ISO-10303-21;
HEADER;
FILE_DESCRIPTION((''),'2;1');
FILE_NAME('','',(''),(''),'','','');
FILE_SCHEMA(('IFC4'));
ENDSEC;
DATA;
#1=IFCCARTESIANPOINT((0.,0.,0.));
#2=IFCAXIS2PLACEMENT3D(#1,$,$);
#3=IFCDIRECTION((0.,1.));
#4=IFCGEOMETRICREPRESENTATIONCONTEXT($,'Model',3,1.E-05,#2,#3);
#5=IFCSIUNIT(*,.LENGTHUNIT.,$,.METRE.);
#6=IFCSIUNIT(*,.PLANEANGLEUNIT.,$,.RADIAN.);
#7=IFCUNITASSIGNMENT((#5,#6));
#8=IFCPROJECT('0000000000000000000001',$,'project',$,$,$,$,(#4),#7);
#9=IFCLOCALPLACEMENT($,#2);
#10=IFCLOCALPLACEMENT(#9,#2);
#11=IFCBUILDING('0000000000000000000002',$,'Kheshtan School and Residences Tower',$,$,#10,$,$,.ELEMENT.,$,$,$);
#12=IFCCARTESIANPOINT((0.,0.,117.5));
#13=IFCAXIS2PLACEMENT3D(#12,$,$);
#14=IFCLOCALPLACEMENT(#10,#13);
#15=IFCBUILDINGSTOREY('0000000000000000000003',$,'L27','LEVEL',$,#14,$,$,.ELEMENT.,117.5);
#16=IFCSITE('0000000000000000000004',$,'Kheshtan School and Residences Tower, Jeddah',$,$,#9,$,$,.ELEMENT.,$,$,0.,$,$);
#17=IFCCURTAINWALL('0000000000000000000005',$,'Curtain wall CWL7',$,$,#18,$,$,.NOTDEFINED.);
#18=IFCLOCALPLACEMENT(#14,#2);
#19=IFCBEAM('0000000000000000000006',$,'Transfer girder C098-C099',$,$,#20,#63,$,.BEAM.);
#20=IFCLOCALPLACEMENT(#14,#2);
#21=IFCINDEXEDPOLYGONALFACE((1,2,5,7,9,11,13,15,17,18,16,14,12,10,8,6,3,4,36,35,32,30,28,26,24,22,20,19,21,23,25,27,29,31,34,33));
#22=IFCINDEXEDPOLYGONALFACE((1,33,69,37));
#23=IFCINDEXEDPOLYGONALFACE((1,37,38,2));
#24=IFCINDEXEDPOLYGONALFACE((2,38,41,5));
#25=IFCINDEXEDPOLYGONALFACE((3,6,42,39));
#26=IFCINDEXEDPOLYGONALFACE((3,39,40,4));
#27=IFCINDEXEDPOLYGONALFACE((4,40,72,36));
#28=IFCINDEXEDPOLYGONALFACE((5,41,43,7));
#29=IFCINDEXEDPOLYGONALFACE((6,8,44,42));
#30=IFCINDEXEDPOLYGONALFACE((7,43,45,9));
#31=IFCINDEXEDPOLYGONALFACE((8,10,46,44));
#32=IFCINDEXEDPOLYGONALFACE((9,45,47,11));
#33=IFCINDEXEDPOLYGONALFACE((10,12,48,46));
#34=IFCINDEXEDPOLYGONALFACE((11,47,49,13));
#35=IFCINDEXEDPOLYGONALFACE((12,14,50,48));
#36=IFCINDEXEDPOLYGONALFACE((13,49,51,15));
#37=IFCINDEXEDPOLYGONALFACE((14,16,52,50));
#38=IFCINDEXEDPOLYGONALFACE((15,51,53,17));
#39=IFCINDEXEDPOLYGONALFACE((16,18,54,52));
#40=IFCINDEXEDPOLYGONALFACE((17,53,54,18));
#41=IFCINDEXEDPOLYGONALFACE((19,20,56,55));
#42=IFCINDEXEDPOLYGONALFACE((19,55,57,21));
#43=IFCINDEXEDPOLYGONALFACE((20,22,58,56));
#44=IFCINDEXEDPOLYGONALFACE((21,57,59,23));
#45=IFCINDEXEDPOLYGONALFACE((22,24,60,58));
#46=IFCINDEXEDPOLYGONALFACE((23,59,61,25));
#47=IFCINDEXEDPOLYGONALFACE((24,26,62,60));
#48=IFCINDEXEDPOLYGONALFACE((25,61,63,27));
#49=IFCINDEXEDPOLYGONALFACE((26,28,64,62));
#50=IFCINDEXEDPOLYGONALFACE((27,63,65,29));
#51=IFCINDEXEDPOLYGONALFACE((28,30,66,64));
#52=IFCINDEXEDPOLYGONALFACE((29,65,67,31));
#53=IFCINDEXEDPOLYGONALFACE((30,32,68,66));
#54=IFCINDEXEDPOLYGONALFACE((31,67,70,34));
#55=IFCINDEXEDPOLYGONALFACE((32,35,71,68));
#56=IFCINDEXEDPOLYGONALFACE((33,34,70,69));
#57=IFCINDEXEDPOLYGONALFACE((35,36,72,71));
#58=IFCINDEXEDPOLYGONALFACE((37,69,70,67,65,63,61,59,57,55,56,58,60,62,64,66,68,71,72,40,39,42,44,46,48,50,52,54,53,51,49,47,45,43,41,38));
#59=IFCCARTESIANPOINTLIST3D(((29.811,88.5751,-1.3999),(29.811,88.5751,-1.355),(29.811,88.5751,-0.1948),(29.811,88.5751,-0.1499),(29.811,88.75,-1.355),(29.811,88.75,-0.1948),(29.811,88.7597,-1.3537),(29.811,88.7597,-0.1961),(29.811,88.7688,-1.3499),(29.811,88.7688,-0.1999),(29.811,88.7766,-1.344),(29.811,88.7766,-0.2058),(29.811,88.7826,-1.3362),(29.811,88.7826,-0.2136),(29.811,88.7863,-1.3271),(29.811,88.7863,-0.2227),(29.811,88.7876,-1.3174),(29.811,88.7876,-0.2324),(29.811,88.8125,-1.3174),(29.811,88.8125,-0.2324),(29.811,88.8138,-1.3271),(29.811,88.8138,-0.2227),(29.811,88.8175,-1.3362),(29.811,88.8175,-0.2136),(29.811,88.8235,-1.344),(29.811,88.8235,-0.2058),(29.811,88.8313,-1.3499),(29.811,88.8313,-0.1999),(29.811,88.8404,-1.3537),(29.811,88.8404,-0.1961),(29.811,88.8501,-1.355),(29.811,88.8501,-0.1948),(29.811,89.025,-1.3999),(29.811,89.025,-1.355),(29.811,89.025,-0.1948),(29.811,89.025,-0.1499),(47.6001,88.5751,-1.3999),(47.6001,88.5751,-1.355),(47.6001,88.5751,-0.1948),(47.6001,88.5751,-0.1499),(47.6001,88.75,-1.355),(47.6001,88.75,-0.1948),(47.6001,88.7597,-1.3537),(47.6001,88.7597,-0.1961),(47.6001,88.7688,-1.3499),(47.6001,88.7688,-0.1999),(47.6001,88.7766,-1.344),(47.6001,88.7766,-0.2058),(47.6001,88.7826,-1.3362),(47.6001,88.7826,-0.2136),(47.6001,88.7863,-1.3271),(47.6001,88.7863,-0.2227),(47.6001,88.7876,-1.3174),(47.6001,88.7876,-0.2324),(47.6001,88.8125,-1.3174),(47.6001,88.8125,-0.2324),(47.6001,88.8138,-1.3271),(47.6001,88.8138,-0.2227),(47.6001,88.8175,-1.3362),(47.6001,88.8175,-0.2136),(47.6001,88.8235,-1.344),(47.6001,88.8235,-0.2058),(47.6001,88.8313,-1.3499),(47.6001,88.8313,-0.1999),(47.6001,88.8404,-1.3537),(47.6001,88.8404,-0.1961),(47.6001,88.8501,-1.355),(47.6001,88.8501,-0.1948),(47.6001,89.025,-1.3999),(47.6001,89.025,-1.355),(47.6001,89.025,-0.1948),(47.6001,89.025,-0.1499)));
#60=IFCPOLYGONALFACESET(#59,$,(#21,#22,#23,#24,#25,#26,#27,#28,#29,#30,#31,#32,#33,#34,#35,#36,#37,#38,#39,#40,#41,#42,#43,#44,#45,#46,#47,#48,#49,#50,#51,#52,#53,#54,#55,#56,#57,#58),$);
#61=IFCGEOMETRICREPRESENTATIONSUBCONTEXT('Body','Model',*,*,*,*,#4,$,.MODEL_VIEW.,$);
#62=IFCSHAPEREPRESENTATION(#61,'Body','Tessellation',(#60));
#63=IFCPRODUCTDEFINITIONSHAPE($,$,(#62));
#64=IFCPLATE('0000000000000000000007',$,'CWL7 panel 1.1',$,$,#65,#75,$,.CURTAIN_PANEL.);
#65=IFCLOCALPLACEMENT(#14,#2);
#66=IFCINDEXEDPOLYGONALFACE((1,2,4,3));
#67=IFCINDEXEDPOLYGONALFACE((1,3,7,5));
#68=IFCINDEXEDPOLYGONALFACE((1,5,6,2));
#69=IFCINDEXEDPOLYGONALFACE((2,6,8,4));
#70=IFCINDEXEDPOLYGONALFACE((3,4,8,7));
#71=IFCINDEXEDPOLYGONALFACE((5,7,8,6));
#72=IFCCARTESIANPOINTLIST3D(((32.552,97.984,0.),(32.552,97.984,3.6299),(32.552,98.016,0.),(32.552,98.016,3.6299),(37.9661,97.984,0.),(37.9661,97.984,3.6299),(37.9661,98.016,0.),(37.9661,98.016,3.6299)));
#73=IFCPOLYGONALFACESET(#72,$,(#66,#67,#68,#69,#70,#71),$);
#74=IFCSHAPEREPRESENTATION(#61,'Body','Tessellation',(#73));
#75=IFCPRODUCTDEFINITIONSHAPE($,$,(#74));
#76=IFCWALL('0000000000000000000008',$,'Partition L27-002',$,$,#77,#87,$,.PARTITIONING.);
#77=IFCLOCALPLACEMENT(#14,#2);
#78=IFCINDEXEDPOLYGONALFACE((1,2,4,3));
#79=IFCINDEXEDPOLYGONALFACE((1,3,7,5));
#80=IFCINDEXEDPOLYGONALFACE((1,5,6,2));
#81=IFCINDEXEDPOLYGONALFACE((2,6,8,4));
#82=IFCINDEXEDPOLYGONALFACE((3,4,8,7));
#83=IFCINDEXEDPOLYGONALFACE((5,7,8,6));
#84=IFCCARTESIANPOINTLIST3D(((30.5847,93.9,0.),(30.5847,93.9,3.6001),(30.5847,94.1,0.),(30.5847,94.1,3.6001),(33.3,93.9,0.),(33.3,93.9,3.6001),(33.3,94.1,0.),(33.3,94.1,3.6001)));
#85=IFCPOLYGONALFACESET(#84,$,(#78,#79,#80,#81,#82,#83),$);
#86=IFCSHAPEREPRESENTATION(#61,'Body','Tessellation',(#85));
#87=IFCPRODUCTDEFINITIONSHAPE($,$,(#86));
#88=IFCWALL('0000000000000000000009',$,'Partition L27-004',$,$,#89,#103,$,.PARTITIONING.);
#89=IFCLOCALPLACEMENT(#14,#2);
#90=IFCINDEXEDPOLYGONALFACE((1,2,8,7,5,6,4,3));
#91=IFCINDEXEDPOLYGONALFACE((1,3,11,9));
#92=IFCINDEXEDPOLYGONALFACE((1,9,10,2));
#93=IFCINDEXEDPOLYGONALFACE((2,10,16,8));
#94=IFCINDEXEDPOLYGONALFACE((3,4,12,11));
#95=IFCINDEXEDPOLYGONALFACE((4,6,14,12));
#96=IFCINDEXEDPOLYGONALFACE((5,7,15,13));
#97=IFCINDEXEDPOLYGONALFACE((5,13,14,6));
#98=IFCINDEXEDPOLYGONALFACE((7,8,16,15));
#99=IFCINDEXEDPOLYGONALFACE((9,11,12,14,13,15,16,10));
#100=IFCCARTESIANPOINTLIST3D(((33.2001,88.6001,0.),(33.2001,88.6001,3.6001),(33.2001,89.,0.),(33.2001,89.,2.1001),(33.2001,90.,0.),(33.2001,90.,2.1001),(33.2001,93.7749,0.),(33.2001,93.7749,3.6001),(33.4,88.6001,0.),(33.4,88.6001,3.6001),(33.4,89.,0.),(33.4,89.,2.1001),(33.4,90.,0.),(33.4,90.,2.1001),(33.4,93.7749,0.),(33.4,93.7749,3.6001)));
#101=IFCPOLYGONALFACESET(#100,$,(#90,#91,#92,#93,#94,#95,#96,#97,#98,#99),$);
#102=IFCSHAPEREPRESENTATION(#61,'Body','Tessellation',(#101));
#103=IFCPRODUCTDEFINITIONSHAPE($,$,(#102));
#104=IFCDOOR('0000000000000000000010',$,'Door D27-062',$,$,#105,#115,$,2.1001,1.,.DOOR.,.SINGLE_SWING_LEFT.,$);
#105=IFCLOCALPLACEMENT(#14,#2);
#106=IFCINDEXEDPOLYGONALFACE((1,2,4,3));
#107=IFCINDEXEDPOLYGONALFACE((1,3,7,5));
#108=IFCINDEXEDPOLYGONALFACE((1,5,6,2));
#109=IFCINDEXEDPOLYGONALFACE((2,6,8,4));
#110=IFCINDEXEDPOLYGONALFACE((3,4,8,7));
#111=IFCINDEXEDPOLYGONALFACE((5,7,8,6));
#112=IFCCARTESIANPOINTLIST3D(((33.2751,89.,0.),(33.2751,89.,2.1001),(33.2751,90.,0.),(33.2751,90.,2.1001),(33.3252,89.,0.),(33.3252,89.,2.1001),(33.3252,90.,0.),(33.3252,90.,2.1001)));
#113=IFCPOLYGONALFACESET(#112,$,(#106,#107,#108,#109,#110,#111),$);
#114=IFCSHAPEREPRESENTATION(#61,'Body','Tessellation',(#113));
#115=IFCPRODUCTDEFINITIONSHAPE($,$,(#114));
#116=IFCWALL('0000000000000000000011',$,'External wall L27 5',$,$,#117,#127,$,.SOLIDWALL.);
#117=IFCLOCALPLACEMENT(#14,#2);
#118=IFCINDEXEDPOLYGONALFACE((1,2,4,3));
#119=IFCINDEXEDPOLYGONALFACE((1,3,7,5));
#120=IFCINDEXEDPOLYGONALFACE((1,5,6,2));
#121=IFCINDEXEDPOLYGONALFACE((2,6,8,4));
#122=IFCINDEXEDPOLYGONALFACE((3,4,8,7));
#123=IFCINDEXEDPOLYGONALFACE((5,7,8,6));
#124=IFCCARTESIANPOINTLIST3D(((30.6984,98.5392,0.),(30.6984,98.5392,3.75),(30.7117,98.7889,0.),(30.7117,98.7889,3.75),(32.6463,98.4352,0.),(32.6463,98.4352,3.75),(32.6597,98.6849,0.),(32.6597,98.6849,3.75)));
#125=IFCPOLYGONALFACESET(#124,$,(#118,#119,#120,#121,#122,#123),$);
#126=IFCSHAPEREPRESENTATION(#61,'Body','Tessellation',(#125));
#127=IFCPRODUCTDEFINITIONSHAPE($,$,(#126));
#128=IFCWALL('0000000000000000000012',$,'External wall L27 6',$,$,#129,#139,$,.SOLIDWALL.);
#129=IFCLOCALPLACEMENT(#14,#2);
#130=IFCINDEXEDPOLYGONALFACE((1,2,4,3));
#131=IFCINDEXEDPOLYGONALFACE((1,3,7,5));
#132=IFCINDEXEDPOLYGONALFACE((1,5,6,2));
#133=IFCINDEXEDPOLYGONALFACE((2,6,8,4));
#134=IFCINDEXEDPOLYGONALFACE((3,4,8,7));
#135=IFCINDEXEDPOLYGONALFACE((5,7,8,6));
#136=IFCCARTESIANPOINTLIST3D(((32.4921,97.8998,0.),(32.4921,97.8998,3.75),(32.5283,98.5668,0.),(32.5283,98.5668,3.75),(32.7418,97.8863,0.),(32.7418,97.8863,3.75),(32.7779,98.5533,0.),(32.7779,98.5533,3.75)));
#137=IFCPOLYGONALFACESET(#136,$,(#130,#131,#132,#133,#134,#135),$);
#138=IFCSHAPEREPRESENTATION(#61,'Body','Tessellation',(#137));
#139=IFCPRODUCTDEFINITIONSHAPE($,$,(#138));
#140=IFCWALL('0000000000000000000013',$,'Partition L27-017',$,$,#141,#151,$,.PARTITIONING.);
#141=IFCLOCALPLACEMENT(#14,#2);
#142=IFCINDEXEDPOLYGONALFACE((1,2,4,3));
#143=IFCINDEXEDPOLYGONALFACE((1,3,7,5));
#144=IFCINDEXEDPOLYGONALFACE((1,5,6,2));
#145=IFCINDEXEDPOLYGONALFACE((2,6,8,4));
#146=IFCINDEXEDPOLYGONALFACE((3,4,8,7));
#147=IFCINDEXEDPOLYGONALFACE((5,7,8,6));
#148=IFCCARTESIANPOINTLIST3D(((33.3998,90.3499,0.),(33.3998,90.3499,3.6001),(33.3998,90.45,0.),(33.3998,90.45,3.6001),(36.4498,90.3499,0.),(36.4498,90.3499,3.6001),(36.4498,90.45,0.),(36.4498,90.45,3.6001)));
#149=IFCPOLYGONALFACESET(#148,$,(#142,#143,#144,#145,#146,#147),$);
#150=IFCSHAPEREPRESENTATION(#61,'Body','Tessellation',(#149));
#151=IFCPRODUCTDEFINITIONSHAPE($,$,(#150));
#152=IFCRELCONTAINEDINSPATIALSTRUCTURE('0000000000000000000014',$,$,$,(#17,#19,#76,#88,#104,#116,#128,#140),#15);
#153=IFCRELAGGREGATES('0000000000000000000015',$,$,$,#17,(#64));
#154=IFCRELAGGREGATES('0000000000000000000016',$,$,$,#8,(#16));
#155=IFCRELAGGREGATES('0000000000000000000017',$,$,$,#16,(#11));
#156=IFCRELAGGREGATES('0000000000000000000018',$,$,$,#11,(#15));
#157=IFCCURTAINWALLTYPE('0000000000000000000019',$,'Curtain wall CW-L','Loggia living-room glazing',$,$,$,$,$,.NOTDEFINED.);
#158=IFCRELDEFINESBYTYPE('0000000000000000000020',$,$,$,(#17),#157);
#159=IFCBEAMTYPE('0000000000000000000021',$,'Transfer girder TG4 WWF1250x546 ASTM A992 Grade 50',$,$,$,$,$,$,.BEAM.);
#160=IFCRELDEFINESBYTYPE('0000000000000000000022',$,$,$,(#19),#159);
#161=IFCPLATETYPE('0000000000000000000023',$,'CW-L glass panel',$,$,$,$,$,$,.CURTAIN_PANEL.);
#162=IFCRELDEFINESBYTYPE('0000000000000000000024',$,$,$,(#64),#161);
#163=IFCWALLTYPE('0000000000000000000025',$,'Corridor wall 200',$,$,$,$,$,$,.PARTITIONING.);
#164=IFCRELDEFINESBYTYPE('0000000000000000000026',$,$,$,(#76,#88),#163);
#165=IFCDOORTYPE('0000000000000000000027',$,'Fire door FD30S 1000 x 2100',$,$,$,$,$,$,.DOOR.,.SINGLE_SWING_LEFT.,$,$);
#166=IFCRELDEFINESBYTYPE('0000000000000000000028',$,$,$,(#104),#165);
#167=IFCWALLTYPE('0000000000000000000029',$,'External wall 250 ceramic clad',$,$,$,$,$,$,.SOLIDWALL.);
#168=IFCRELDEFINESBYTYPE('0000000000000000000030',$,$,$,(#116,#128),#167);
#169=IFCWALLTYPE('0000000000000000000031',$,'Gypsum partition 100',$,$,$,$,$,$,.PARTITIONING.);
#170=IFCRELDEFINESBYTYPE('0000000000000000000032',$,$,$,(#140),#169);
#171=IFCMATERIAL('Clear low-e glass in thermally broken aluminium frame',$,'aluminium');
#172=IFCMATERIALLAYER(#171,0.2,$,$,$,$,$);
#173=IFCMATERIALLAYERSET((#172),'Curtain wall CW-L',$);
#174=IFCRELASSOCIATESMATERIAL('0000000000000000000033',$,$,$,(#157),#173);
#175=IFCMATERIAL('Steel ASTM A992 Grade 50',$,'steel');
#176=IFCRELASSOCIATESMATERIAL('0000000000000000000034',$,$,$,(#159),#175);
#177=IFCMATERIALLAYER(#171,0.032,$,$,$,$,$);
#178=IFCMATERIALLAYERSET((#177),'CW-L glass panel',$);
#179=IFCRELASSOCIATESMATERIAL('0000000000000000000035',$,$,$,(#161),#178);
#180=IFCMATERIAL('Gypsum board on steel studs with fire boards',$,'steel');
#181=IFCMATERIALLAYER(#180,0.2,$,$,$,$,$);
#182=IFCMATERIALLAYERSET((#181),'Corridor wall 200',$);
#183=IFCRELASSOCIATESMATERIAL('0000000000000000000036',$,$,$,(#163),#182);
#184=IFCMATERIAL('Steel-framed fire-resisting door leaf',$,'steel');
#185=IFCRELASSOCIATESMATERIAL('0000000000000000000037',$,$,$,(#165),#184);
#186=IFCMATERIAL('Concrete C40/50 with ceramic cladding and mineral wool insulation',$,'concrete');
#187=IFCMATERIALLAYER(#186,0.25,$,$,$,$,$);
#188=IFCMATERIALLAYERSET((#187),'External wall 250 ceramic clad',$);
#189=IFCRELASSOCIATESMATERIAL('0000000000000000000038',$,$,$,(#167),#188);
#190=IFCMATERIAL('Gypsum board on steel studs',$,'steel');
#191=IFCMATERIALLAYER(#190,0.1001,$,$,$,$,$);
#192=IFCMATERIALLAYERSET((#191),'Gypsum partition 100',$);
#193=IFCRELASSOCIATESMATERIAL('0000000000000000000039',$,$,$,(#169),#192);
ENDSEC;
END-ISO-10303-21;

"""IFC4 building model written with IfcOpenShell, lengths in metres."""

from ifc_helpers import new_model, si_unit, direction, frame, frame_2d, origin, origin_2d, place, context, subcontext, project, spatial, rectangle, i_section, extrude, source, transform, mapped, material, layer, layer_set, material_profile, profile_set, type_object, element, fill, aggregate, save


model = new_model("IFC4")

# Units and contexts
model_context = context("Model", 3, precision=1e-05, world=origin(), true_north=direction((0.0, 1.0)))
body_context = subcontext(model_context, "Body", "Model", "MODEL_VIEW")
ifc_project = project(units=[si_unit("LENGTHUNIT", "METRE"), si_unit("PLANEANGLEUNIT", "RADIAN")], contexts=[model_context])

# Site, building, storey
site_placement = place(None, origin())
site = spatial("IfcSite", under=ifc_project, at=site_placement, Name="Kheshtan School and Residences Tower, Jeddah", CompositionType="ELEMENT", RefElevation=0.0)
building_placement = place(site_placement, origin())
building = spatial("IfcBuilding", under=site, at=building_placement, Name="Kheshtan School and Residences Tower", CompositionType="ELEMENT")
storey_placement = place(building_placement, frame((0.0, 0.0, 117.5)))
storey = spatial("IfcBuildingStorey", under=building, at=storey_placement, Name="L27", Description="LEVEL", CompositionType="ELEMENT", Elevation=117.5)

# Shared definitions
ifc_material_1 = material(Name="Steel ASTM A992 Grade 50", Category="steel")

# Curtain wall
ifc_material_2 = material(Name="Clear low-e glass in thermally broken aluminium frame", Category="aluminium")
ifc_layer_1 = layer(ifc_material_2, 0.2)
ifc_layer_set_1 = layer_set([ifc_layer_1], Name="Curtain wall CW-L")
curtain_wall_type = type_object("IfcCurtainWallType", Name="Curtain wall CW-L", Description="Loggia living-room glazing", PredefinedType="NOTDEFINED", material=ifc_layer_set_1)
curtain_wall_placement = place(storey_placement, origin())
curtain_wall = element("IfcCurtainWall", 1, at=curtain_wall_placement, inside=storey, type_object=curtain_wall_type, Name="Curtain wall CWL7", PredefinedType="NOTDEFINED")

# Beam
ifc_material_profile_1 = material_profile(ifc_material_1, i_section(OverallWidth=0.45, OverallDepth=1.25, WebThickness=0.0249, FlangeThickness=0.0449, FilletRadius=0.0376, at=origin_2d()), Name="WWF1250x546")
ifc_profile_set_1 = profile_set([ifc_material_profile_1], Name="Steel ASTM A992 Grade 50")
beam_type_1 = type_object("IfcBeamType", Name="Transfer girder TG4 WWF1250x546 ASTM A992 Grade 50", PredefinedType="BEAM", material=ifc_profile_set_1)
beam_1_placement = place(storey_placement, frame((29.811, 88.8, -0.7749), z_axis=(1.0, 0.0, 0.0), x_axis=(0.0, 1.0, 0.0)))
element("IfcBeam", 2, at=beam_1_placement, inside=storey, type_object=beam_type_1, Name="Transfer girder C098-C099", PredefinedType="BEAM", context=body_context, shape_type="SweptSolid", body=[
    extrude(i_section(OverallWidth=0.45, OverallDepth=1.25, WebThickness=0.0249, FlangeThickness=0.0449, FilletRadius=0.0376, at=origin_2d()), origin(), (0.0, 0.0, 1.0), 17.7891),
])

# Plate
ifc_layer_2 = layer(ifc_material_2, 0.032)
ifc_layer_set_2 = layer_set([ifc_layer_2], Name="CW-L glass panel")
plate_type = type_object("IfcPlateType", Name="CW-L glass panel", PredefinedType="CURTAIN_PANEL", material=ifc_layer_set_2)
plate_placement = place(storey_placement, frame((35.259, 98.0, 0.0), z_axis=(0.0, 0.0, 1.0), x_axis=(1.0, 0.0, 0.0)))
plate = element("IfcPlate", 3, at=plate_placement, type_object=plate_type, Name="CWL7 panel 1.1", PredefinedType="CURTAIN_PANEL", context=body_context, shape_type="SweptSolid", body=[
    extrude(rectangle(XDim=5.4141, YDim=0.032, at=origin_2d()), origin(), (0.0, 0.0, 1.0), 3.6299),
])
aggregate(curtain_wall, [plate])

# Wall
ifc_material_3 = material(Name="Gypsum board on steel studs with fire boards", Category="steel")
ifc_layer_3 = layer(ifc_material_3, 0.2)
ifc_layer_set_3 = layer_set([ifc_layer_3], Name="Corridor wall 200")
wall_type_1 = type_object("IfcWallType", Name="Corridor wall 200", PredefinedType="PARTITIONING", material=ifc_layer_set_3)
wall_1_placement = place(storey_placement, frame((30.5847, 94.0, 0.0), z_axis=(0.0, 0.0, 1.0), x_axis=(1.0, 0.0, 0.0)))
element("IfcWall", 4, at=wall_1_placement, inside=storey, type_object=wall_type_1, Name="Partition L27-002", PredefinedType="PARTITIONING", context=body_context, shape_type="SweptSolid", body=[
    extrude(rectangle(XDim=2.7153, YDim=0.2, at=frame_2d((1.3577, 0.0))), origin(), (0.0, 0.0, 1.0), 3.6001),
])

# Wall, opening, door
wall_2_placement = place(storey_placement, frame((33.3, 88.6001, 0.0), z_axis=(0.0, 0.0, 1.0), x_axis=(0.0, 1.0, 0.0)))
wall_2 = element("IfcWall", 5, at=wall_2_placement, inside=storey, type_object=wall_type_1, Name="Partition L27-004", PredefinedType="PARTITIONING", context=body_context, shape_type="SweptSolid", body=[
    extrude(rectangle(XDim=5.1748, YDim=0.2, at=frame_2d((2.5874, 0.0))), origin(), (0.0, 0.0, 1.0), 3.6001),
])
opening_1_placement = place(wall_2_placement, frame((0.3999, 0.0, 0.0)))
opening_1 = element("IfcOpeningElement", 6, at=opening_1_placement, cuts=wall_2, PredefinedType="OPENING", context=body_context, shape_type="SweptSolid", body=[
    extrude(rectangle(XDim=1.0, YDim=2.1001, at=frame_2d((0.5, 1.05))), frame((0.0, 0.1099, 0.0), z_axis=(0.0, -1.0, 0.0), x_axis=(1.0, 0.0, 0.0)), (0.0, 0.0, 1.0), 0.22),
])
ifc_material_4 = material(Name="Steel-framed fire-resisting door leaf", Category="steel")
door_type_1 = type_object("IfcDoorType", Name="Fire door FD30S 1000 x 2100", OperationType="SINGLE_SWING_LEFT", PredefinedType="DOOR", material=ifc_material_4)
shared_shape_1 = source(origin(), body_context, "Body", "SweptSolid", [
    extrude(rectangle(XDim=1.0, YDim=2.1001, at=frame_2d((0.5, 1.05))), frame((0.0, 0.0249, 0.0), z_axis=(0.0, -1.0, 0.0), x_axis=(1.0, 0.0, 0.0)), (0.0, 0.0, 1.0), 0.05),
])
door_1_placement = place(opening_1_placement, origin())
door_1 = element("IfcDoor", 7, at=door_1_placement, inside=storey, type_object=door_type_1, Name="Door D27-062", OperationType="SINGLE_SWING_LEFT", OverallHeight=2.1001, OverallWidth=1.0, PredefinedType="DOOR", context=body_context, shape_type="MappedRepresentation", body=[
    mapped(shared_shape_1, transform((0.0, 0.0, 0.0), x_axis=(1.0, 0.0, 0.0), y_axis=(0.0, 1.0, 0.0), z_axis=(0.0, 0.0, 1.0), scale=1.0)),
])
fill(opening_1, door_1)

# Walls
ifc_material_5 = material(Name="Concrete C40/50 with ceramic cladding and mineral wool insulation", Category="concrete")
ifc_layer_4 = layer(ifc_material_5, 0.25)
ifc_layer_set_4 = layer_set([ifc_layer_4], Name="External wall 250 ceramic clad")
wall_type_2 = type_object("IfcWallType", Name="External wall 250 ceramic clad", PredefinedType="SOLIDWALL", material=ifc_layer_set_4)
wall_3_placement = place(storey_placement, frame((30.7051, 98.6641, 0.0), z_axis=(0.0, 0.0, 1.0), x_axis=(0.998578, -0.053314, 0.0)))
element("IfcWall", 8, at=wall_3_placement, inside=storey, type_object=wall_type_2, Name="External wall L27 5", PredefinedType="SOLIDWALL", context=body_context, shape_type="SweptSolid", body=[
    extrude(rectangle(XDim=1.9507, YDim=0.25, at=frame_2d((0.9753, 0.0))), origin(), (0.0, 0.0, 1.0), 3.75),
])
wall_4_placement = place(storey_placement, frame((32.6531, 98.5601, 0.0), z_axis=(0.0, 0.0, 1.0), x_axis=(-0.054093, -0.998536, 0.0)))
element("IfcWall", 9, at=wall_4_placement, inside=storey, type_object=wall_type_2, Name="External wall L27 6", PredefinedType="SOLIDWALL", context=body_context, shape_type="SweptSolid", body=[
    extrude(rectangle(XDim=0.668, YDim=0.25, at=frame_2d((0.334, 0.0))), origin(), (0.0, 0.0, 1.0), 3.75),
])
ifc_material_6 = material(Name="Gypsum board on steel studs", Category="steel")
ifc_layer_5 = layer(ifc_material_6, 0.1001)
ifc_layer_set_5 = layer_set([ifc_layer_5], Name="Gypsum partition 100")
wall_type_3 = type_object("IfcWallType", Name="Gypsum partition 100", PredefinedType="PARTITIONING", material=ifc_layer_set_5)
wall_5_placement = place(storey_placement, frame((33.3999, 90.3999, 0.0), z_axis=(0.0, 0.0, 1.0), x_axis=(1.0, 0.0, 0.0)))
element("IfcWall", 10, at=wall_5_placement, inside=storey, type_object=wall_type_3, Name="Partition L27-017", PredefinedType="PARTITIONING", context=body_context, shape_type="SweptSolid", body=[
    extrude(rectangle(XDim=3.05, YDim=0.1001, at=frame_2d((1.5249, 0.0))), origin(), (0.0, 0.0, 1.0), 3.6001),
])

save(model, "model.ifc")
